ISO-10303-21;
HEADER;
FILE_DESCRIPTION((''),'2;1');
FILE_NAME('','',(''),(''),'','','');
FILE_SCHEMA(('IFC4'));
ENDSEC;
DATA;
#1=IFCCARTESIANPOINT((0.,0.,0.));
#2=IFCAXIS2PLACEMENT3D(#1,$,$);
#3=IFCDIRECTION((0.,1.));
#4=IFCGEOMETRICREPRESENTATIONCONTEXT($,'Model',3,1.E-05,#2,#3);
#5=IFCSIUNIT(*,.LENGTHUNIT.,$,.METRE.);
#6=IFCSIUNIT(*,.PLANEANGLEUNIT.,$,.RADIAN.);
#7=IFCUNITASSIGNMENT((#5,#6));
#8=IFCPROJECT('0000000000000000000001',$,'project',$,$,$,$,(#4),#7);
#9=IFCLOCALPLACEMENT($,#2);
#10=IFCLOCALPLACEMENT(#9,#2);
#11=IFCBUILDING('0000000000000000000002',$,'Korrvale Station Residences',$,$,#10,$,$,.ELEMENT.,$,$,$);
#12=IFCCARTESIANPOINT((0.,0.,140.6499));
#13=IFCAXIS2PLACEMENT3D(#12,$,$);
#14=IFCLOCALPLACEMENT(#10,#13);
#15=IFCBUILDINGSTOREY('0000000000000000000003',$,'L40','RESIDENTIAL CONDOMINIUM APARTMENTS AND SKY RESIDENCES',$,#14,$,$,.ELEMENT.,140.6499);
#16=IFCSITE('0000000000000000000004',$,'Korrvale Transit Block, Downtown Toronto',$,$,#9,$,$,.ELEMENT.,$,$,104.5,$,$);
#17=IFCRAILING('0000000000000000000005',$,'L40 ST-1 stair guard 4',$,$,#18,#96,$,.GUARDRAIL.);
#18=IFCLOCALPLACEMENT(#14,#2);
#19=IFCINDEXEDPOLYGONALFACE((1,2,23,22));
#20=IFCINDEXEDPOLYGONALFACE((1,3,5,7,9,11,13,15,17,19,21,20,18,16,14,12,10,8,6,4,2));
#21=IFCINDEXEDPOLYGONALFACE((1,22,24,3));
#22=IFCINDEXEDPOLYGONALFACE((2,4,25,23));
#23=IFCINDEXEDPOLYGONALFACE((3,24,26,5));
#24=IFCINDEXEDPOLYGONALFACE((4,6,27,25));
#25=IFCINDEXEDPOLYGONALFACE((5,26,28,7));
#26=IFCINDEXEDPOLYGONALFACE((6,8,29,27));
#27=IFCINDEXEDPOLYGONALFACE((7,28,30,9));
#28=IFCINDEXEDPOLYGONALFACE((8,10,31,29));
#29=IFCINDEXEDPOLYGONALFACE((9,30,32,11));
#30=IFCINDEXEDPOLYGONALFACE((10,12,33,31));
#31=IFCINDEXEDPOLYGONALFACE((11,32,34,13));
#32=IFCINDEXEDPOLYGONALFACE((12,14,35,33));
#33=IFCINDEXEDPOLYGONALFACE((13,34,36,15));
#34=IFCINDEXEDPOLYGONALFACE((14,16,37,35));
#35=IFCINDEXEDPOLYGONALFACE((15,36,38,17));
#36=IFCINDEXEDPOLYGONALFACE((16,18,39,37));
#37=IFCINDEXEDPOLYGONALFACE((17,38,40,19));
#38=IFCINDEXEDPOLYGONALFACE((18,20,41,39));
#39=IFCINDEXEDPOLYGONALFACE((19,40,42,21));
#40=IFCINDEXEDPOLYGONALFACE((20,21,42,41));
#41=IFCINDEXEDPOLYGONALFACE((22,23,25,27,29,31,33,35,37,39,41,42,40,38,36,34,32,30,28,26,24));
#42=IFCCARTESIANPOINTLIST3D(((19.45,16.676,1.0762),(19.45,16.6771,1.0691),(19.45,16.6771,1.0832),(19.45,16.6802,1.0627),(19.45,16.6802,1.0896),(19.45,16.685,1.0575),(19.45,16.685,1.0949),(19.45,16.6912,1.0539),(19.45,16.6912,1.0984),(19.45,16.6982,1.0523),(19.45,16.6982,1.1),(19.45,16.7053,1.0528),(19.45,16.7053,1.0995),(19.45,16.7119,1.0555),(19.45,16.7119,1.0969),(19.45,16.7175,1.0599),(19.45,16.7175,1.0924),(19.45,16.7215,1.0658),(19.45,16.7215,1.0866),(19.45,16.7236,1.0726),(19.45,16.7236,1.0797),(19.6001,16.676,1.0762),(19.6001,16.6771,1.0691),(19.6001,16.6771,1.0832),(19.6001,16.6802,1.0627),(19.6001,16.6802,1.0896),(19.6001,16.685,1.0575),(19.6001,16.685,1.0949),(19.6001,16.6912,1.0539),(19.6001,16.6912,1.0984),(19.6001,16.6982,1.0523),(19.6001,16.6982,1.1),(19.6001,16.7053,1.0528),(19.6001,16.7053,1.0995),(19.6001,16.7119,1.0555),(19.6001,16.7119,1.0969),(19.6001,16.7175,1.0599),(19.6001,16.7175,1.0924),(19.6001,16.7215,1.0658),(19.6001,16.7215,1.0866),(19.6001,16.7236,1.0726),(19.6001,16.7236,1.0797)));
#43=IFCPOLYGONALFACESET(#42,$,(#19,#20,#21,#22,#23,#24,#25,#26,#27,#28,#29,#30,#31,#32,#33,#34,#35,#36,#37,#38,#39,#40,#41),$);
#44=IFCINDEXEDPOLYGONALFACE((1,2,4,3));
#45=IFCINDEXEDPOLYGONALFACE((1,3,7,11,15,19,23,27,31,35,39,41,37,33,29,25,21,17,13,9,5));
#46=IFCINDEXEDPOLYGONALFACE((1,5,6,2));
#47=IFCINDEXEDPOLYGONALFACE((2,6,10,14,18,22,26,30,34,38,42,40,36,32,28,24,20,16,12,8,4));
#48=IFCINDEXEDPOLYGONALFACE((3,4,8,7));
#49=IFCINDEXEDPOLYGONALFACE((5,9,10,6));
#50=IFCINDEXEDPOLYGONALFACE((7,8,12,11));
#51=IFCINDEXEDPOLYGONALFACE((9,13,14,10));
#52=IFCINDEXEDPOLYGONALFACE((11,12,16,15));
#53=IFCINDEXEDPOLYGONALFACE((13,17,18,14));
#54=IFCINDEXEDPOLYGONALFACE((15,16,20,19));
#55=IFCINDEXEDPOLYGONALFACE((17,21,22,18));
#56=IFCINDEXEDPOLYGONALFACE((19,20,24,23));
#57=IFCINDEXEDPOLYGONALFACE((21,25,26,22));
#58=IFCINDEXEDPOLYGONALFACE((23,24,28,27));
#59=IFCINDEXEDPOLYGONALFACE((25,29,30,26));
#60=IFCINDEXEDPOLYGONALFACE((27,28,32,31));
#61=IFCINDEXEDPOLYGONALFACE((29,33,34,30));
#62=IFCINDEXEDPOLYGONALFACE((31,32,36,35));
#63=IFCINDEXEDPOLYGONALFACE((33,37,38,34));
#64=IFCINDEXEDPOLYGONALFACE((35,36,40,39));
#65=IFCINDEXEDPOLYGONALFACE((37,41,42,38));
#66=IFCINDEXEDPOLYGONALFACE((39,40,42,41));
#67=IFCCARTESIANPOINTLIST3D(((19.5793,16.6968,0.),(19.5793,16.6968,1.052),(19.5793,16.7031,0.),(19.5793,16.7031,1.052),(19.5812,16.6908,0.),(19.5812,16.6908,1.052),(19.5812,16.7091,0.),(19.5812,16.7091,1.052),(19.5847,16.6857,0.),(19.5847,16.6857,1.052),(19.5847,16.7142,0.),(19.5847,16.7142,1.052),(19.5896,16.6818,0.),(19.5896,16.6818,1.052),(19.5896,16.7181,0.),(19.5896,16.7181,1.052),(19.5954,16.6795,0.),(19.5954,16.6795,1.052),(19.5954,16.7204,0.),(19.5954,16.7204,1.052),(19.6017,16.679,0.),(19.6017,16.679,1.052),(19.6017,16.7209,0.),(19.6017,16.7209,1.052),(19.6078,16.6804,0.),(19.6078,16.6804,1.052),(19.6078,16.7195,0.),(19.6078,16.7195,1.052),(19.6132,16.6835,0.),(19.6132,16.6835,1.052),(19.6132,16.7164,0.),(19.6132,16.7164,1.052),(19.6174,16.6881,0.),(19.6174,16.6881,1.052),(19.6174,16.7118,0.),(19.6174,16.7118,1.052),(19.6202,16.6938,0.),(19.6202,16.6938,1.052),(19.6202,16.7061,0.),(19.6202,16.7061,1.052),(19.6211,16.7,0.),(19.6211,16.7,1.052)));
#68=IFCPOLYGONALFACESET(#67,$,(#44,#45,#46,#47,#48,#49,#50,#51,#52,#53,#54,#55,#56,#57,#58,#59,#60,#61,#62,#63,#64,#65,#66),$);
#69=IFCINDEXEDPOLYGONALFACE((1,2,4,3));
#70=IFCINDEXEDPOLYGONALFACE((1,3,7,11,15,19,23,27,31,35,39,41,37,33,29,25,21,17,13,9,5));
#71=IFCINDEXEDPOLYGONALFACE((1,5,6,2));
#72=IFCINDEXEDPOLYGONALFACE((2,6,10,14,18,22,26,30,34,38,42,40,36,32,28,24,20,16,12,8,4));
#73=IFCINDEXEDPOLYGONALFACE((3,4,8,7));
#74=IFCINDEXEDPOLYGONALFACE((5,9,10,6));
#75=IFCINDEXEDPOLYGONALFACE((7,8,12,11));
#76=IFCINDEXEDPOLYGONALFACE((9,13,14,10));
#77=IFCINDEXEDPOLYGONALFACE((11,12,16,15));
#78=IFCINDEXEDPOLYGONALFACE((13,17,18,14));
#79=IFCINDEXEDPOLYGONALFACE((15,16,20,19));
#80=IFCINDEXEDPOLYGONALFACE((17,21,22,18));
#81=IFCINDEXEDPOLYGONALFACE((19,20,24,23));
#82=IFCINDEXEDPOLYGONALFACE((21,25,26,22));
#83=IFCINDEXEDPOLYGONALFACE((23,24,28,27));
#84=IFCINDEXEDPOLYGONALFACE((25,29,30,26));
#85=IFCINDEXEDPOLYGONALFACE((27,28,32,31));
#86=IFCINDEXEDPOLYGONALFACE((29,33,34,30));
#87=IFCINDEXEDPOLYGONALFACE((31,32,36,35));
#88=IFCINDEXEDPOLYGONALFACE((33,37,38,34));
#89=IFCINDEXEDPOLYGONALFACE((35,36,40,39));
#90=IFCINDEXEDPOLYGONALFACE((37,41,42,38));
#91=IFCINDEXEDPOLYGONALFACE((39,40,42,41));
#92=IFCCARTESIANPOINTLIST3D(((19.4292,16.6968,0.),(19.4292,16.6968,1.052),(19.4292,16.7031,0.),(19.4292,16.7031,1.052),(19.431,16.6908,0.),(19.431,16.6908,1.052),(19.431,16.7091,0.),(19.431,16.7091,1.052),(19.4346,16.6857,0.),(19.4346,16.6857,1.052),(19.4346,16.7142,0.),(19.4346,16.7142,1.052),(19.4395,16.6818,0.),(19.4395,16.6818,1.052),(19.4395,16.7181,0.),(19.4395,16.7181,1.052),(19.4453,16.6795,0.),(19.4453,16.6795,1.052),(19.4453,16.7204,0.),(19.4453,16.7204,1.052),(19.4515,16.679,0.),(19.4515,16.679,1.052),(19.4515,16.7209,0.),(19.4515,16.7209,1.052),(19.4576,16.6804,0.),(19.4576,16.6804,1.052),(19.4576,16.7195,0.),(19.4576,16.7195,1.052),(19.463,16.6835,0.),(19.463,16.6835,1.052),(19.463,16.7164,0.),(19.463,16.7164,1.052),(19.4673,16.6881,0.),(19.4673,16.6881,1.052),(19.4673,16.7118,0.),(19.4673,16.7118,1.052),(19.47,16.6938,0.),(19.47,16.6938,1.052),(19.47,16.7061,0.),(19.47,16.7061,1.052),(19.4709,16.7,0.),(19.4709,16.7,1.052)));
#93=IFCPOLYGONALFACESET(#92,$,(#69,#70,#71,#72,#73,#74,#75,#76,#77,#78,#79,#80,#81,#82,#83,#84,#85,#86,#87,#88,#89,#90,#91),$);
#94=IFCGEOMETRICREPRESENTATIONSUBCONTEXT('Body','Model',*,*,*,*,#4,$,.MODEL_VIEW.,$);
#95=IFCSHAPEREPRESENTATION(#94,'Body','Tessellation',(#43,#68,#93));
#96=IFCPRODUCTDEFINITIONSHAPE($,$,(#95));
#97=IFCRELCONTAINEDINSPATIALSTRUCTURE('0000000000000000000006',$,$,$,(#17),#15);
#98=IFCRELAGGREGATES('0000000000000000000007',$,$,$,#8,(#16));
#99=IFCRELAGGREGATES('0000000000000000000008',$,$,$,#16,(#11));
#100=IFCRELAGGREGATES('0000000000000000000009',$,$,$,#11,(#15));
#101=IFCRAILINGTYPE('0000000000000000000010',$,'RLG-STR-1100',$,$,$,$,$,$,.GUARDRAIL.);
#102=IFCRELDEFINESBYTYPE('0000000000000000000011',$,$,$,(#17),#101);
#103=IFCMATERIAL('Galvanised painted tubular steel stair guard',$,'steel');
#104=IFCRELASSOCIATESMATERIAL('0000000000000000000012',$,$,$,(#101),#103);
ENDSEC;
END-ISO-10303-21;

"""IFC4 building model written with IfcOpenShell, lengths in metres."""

from ifc_helpers import new_model, si_unit, direction, frame, origin, origin_2d, place, context, subcontext, project, spatial, circle, extrude, material, type_object, element, save


model = new_model("IFC4")

# Units and contexts
model_context = context("Model", 3, precision=1e-05, world=origin(), true_north=direction((0.0, 1.0)))
body_context = subcontext(model_context, "Body", "Model", "MODEL_VIEW")
ifc_project = project(units=[si_unit("LENGTHUNIT", "METRE"), si_unit("PLANEANGLEUNIT", "RADIAN")], contexts=[model_context])

# Site, building, storey
site_placement = place(None, origin())
site = spatial("IfcSite", under=ifc_project, at=site_placement, Name="Korrvale Transit Block, Downtown Toronto", CompositionType="ELEMENT", RefElevation=104.5)
building_placement = place(site_placement, origin())
building = spatial("IfcBuilding", under=site, at=building_placement, Name="Korrvale Station Residences", CompositionType="ELEMENT")
storey_placement = place(building_placement, frame((0.0, 0.0, 140.6499)))
storey = spatial("IfcBuildingStorey", under=building, at=storey_placement, Name="L40", Description="RESIDENTIAL CONDOMINIUM APARTMENTS AND SKY RESIDENCES", CompositionType="ELEMENT", Elevation=140.6499)

# Railing
ifc_material_1 = material(Name="Galvanised painted tubular steel stair guard", Category="steel")
railing_type_1 = type_object("IfcRailingType", Name="RLG-STR-1100", PredefinedType="GUARDRAIL", material=ifc_material_1)
railing_1_placement = place(storey_placement, frame((19.6001, 16.7, 0.0)))
element("IfcRailing", 1, at=railing_1_placement, inside=storey, type_object=railing_type_1, Name="L40 ST-1 stair guard 4", PredefinedType="GUARDRAIL", context=body_context, shape_type="SweptSolid", body=[
    extrude(circle(Radius=0.0239, at=origin_2d()), frame((0.0, 0.0, 1.0762), z_axis=(-1.0, 0.0, 0.0), x_axis=(0.0, -1.0, 0.0)), (0.0, 0.0, 1.0), 0.1501),
    extrude(circle(Radius=0.021, at=origin_2d()), origin(), (0.0, 0.0, 1.0), 1.052),
    extrude(circle(Radius=0.021, at=origin_2d()), frame((-0.1501, 0.0, 0.0)), (0.0, 0.0, 1.0), 1.052),
])

save(model, "model.ifc")
